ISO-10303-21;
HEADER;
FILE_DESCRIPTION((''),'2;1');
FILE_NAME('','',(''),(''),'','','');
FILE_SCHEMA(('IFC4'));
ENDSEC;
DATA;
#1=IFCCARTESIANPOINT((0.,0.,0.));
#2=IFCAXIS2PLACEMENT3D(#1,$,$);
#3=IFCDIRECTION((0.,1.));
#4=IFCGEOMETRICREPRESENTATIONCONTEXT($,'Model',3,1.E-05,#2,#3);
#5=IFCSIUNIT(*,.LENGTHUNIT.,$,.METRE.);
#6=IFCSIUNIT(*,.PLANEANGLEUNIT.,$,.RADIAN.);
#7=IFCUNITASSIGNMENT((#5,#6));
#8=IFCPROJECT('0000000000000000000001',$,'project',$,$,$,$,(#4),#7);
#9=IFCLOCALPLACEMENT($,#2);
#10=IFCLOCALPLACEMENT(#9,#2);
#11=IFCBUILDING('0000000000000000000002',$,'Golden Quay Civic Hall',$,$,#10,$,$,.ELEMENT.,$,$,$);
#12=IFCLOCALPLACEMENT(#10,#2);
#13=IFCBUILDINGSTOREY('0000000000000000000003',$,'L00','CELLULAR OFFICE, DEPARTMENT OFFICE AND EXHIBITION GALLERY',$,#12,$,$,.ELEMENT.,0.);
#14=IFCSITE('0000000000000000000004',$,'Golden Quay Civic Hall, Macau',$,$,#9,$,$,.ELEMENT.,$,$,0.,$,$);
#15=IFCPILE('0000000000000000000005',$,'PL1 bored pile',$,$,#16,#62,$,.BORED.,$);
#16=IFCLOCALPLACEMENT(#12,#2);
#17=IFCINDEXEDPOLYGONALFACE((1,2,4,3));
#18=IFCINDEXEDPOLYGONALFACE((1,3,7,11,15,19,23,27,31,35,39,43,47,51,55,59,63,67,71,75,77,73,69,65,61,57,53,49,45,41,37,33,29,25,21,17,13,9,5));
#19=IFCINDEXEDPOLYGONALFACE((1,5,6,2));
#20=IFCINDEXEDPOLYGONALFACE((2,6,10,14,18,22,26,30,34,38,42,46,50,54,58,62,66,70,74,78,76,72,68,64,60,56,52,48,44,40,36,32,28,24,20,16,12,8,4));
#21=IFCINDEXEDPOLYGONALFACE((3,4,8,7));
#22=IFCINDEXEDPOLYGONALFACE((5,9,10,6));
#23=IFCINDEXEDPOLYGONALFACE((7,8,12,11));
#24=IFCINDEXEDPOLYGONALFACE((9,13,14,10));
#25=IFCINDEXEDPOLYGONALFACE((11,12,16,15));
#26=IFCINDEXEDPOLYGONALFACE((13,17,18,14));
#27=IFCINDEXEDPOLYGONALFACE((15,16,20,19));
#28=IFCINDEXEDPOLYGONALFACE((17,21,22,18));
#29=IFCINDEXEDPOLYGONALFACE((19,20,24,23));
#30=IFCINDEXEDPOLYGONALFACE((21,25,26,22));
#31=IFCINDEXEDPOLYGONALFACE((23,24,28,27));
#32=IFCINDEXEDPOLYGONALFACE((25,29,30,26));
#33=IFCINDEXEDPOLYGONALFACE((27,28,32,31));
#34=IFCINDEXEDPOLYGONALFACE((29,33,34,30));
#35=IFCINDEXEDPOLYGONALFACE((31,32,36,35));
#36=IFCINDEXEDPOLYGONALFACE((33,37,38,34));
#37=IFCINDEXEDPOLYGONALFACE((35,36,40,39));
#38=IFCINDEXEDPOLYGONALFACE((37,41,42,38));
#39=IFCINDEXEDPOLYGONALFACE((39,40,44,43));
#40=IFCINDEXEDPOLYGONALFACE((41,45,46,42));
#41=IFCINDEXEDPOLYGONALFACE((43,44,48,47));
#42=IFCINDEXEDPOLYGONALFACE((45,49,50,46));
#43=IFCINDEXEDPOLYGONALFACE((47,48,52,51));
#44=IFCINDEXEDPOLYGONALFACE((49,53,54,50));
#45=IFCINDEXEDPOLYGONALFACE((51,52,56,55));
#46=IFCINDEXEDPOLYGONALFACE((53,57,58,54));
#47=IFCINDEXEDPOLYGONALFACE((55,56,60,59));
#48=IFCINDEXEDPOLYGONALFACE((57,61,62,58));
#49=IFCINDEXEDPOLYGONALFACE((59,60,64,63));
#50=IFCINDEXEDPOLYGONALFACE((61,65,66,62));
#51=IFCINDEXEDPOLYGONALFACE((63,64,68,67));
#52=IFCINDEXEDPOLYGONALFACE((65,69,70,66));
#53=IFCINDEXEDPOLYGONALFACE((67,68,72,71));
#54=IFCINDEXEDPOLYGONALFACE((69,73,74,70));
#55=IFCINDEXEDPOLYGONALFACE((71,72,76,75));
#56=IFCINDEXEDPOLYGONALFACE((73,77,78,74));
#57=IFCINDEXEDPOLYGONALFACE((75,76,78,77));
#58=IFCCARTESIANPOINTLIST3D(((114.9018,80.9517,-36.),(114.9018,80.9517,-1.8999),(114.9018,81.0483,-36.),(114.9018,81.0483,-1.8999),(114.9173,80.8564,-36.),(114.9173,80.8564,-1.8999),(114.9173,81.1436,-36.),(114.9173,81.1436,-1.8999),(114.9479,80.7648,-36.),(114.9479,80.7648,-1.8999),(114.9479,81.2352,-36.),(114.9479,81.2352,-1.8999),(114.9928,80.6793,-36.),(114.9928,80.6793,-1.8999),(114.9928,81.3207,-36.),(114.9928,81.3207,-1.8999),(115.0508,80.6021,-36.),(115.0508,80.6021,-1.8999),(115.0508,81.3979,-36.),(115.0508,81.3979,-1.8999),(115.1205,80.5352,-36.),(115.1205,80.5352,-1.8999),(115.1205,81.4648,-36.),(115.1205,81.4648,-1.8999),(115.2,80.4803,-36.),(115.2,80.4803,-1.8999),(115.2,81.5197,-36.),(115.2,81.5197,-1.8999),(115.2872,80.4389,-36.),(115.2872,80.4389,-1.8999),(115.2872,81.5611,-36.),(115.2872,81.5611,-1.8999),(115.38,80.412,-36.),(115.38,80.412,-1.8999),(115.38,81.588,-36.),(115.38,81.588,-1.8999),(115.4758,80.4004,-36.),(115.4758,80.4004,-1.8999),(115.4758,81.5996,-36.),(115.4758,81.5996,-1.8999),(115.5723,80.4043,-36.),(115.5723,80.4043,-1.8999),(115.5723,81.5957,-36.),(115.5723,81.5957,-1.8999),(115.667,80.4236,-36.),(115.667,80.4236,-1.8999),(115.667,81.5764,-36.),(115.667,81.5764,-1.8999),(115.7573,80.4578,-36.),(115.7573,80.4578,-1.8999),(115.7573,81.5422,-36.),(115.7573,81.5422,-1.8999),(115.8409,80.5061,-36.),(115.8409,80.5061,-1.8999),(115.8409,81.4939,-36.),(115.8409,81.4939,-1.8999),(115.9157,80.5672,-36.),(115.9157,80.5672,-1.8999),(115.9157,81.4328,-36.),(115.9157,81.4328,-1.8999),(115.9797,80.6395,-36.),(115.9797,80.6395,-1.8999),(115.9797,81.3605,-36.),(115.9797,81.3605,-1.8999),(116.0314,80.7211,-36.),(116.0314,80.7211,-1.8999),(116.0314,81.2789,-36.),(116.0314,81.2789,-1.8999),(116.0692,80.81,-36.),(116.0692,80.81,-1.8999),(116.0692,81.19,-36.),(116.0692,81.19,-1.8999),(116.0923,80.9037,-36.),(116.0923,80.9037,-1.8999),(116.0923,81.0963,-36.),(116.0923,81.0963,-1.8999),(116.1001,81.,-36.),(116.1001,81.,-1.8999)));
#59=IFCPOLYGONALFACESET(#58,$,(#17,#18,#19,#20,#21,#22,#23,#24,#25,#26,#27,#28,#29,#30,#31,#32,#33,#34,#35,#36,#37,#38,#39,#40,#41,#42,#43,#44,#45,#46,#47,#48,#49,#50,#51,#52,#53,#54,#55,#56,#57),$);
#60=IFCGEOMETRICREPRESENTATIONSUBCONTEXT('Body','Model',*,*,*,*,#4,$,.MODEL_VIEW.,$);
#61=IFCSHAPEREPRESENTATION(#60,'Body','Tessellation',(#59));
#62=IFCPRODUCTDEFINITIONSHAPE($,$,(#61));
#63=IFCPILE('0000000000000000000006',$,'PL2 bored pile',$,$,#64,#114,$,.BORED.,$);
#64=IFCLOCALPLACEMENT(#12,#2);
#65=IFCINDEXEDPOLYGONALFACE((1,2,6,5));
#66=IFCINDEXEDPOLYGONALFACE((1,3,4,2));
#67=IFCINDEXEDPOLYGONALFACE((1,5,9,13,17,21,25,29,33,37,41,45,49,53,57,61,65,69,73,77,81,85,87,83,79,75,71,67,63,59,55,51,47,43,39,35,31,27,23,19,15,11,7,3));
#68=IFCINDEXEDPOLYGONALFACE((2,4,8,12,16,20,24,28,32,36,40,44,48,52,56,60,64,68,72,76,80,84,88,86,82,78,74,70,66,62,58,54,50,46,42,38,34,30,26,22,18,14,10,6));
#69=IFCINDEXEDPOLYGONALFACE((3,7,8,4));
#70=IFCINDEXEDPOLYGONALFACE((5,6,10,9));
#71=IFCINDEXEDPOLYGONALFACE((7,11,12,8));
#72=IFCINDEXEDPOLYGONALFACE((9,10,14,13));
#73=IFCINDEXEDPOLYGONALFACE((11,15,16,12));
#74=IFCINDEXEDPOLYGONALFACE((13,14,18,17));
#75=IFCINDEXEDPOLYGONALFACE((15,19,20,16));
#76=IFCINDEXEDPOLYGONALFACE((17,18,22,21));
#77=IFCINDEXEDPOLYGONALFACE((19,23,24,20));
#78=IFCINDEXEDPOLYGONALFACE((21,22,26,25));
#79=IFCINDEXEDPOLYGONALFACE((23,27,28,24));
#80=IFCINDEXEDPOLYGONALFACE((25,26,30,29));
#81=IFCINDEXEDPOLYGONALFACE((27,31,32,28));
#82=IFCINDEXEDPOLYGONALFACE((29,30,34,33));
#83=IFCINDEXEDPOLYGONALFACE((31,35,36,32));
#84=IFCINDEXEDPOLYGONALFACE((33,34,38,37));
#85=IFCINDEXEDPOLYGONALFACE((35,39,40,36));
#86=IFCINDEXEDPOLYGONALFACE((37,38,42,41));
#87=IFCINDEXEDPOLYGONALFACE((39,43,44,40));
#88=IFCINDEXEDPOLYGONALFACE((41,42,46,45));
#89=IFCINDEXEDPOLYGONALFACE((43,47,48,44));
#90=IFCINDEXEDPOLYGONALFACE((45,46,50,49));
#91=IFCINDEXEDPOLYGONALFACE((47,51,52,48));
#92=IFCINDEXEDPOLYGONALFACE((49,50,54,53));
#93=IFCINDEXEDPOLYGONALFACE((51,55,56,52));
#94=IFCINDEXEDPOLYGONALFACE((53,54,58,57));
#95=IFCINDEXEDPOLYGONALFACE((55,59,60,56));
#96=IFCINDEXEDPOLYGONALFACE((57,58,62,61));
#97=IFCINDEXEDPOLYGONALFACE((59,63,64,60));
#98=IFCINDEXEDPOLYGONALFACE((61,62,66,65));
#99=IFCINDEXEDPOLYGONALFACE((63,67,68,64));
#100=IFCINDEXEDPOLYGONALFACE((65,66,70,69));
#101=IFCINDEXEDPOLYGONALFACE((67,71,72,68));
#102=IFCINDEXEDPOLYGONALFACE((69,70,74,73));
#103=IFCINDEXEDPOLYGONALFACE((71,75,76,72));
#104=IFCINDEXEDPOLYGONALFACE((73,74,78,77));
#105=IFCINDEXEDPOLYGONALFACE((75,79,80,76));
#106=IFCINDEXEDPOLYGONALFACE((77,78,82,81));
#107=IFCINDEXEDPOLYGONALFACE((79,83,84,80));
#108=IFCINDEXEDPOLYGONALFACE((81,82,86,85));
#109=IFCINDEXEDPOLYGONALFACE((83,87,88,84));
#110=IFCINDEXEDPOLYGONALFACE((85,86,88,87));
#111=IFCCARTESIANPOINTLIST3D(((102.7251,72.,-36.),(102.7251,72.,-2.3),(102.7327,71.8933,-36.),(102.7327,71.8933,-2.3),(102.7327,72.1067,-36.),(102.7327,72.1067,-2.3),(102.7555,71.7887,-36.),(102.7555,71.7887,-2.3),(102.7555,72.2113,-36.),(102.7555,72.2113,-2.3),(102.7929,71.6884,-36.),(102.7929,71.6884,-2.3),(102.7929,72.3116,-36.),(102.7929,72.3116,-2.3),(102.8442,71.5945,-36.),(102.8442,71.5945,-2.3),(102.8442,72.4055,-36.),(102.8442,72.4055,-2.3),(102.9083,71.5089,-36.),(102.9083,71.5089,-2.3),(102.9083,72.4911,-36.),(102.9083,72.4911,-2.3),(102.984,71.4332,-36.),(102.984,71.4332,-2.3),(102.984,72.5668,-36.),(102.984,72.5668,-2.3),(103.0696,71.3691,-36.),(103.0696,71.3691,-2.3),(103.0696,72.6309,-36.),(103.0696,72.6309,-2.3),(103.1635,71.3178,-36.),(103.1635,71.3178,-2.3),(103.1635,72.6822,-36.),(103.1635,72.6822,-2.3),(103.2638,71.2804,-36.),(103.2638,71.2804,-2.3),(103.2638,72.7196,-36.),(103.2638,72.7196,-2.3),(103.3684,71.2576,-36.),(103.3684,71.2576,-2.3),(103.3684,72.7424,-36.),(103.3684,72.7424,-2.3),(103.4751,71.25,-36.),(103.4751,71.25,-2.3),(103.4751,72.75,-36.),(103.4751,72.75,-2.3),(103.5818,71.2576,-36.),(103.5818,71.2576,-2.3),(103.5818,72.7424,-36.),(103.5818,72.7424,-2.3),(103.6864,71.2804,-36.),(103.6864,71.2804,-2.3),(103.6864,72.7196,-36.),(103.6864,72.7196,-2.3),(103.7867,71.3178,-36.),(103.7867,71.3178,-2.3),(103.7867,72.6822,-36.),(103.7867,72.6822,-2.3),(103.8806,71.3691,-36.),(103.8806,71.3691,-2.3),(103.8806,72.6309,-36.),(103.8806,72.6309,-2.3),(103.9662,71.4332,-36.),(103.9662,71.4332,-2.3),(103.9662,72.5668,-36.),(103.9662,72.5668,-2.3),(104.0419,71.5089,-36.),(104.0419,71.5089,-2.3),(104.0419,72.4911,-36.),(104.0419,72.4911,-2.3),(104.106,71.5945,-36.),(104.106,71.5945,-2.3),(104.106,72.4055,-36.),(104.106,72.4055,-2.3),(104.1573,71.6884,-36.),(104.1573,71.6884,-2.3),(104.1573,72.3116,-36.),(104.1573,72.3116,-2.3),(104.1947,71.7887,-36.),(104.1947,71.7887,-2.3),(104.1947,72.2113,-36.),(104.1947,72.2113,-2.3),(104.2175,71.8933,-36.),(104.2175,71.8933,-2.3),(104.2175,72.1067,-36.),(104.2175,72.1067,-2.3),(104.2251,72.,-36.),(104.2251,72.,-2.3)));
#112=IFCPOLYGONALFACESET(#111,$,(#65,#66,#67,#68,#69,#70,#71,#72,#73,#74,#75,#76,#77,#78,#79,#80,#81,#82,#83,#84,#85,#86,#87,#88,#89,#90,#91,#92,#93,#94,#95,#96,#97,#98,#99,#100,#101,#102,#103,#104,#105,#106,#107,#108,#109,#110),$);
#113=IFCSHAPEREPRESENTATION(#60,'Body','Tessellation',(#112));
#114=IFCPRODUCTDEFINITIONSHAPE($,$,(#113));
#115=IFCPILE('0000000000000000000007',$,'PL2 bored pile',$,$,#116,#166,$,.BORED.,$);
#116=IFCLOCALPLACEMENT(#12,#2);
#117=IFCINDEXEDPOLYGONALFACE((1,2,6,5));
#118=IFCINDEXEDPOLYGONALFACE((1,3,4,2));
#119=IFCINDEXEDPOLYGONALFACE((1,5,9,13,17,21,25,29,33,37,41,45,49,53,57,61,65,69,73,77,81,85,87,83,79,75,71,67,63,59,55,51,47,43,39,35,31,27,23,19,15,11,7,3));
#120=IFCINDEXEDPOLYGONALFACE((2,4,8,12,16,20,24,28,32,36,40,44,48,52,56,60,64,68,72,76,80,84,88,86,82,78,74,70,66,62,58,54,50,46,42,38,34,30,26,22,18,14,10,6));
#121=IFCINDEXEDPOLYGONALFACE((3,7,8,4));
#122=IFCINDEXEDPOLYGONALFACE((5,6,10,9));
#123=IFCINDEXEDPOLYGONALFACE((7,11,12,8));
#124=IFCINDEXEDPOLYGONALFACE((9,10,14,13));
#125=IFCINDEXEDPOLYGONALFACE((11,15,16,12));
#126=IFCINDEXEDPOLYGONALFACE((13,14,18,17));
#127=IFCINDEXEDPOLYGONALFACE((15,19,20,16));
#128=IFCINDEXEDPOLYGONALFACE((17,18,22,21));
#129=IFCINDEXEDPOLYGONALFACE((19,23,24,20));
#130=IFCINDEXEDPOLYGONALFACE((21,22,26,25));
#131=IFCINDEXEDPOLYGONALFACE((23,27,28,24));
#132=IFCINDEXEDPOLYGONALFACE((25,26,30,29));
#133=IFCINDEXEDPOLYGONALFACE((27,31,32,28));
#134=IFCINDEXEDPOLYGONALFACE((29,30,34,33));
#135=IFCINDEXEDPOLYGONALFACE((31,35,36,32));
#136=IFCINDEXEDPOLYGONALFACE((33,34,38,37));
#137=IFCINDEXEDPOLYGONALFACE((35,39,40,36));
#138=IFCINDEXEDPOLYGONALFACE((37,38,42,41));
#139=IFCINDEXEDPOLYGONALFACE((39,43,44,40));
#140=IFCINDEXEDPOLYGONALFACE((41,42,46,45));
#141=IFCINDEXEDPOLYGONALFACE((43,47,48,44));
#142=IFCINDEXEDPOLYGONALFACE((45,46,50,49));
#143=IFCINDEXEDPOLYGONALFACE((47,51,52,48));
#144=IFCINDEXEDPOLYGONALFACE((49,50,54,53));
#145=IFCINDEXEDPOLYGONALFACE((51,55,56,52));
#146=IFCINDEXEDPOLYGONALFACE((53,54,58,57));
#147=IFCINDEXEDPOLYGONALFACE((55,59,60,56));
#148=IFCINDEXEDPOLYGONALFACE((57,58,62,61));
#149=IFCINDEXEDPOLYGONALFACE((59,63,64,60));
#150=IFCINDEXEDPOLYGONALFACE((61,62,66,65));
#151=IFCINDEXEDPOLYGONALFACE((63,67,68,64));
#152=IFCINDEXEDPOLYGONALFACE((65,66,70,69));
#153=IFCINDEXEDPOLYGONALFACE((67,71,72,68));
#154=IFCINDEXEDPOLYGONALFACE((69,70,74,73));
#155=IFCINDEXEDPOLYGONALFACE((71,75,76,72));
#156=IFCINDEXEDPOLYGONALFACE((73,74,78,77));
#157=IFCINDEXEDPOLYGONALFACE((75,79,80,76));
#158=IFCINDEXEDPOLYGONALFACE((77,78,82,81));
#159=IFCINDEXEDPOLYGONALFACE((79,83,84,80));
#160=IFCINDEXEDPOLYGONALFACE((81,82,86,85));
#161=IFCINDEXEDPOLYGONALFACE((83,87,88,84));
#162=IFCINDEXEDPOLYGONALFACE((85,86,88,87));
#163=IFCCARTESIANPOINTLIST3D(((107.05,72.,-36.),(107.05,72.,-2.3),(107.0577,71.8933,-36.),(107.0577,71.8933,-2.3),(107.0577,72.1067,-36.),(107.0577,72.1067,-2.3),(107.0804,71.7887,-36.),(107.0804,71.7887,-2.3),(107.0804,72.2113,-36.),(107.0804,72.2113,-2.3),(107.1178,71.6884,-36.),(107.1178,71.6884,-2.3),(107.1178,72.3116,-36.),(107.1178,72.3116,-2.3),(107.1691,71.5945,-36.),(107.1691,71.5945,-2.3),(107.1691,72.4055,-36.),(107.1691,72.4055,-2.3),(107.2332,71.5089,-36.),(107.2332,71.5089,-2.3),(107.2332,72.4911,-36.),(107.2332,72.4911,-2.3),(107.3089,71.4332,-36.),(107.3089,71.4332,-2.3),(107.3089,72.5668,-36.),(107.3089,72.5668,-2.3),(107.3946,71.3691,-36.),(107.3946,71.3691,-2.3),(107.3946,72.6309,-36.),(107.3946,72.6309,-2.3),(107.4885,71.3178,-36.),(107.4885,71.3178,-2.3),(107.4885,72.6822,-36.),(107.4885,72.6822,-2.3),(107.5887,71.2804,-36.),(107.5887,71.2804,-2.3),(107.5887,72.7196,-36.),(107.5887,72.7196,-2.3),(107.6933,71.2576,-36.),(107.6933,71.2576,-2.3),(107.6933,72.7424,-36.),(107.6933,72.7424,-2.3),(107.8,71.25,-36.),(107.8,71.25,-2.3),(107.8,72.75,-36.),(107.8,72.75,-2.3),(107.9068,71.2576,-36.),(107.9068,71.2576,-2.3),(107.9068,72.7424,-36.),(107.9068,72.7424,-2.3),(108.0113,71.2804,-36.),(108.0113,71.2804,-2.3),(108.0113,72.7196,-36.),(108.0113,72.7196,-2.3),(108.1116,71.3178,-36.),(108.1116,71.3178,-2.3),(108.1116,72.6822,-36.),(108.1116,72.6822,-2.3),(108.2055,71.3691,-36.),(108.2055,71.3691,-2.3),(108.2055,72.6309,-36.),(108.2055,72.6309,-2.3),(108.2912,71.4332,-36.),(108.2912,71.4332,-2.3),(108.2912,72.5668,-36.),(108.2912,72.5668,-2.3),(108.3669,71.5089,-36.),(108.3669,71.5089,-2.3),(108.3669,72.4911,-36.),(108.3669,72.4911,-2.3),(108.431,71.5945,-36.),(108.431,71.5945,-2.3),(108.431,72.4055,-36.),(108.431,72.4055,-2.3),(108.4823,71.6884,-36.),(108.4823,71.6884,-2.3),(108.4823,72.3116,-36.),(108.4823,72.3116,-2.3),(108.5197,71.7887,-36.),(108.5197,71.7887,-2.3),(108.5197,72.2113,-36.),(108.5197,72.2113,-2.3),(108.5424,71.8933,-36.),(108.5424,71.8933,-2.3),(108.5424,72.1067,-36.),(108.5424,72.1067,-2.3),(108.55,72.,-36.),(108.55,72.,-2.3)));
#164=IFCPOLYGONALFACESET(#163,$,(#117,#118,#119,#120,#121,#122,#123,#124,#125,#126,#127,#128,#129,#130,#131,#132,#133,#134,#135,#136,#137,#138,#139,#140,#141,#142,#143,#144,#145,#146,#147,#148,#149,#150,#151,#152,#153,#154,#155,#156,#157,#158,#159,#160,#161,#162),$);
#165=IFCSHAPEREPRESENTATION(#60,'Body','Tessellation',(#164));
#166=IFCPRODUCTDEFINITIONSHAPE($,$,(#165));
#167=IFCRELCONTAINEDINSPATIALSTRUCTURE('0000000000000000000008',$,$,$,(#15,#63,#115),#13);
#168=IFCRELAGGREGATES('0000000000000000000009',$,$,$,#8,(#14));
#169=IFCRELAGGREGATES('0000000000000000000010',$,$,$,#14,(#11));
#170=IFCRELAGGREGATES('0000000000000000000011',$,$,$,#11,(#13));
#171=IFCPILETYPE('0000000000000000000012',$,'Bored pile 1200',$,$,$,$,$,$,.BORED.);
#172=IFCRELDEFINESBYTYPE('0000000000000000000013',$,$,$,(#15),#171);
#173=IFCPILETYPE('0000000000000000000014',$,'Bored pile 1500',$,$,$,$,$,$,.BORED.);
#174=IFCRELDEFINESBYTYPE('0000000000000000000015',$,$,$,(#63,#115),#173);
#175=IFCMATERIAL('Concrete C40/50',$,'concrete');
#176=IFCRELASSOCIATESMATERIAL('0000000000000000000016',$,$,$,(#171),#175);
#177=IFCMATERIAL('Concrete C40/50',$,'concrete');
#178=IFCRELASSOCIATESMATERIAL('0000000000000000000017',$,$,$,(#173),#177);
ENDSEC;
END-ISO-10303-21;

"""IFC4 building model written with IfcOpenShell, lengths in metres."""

from ifc_helpers import new_model, si_unit, direction, frame, origin, origin_2d, place, context, subcontext, project, spatial, circle, extrude, material, material_profile, profile_set, type_object, element, save


model = new_model("IFC4")

# Units and contexts
model_context = context("Model", 3, precision=1e-05, world=origin(), true_north=direction((0.0, 1.0)))
body_context = subcontext(model_context, "Body", "Model", "MODEL_VIEW")
ifc_project = project(units=[si_unit("LENGTHUNIT", "METRE"), si_unit("PLANEANGLEUNIT", "RADIAN")], contexts=[model_context])

# Site, building, storey
site_placement = place(None, origin())
site = spatial("IfcSite", under=ifc_project, at=site_placement, Name="Golden Quay Civic Hall, Macau", CompositionType="ELEMENT", RefElevation=0.0)
building_placement = place(site_placement, origin())
building = spatial("IfcBuilding", under=site, at=building_placement, Name="Golden Quay Civic Hall", CompositionType="ELEMENT")
storey_placement = place(building_placement, origin())
storey = spatial("IfcBuildingStorey", under=building, at=storey_placement, Name="L00", Description="CELLULAR OFFICE, DEPARTMENT OFFICE AND EXHIBITION GALLERY", CompositionType="ELEMENT", Elevation=0.0)

# Piles
ifc_material_1 = material(Name="Concrete C40/50", Category="concrete")
ifc_material_profile_1 = material_profile(ifc_material_1, circle(Radius=0.6001, at=origin_2d()), Name="RC D1200")
ifc_profile_set_1 = profile_set([ifc_material_profile_1], Name="Concrete C40/50")
pile_type_1 = type_object("IfcPileType", Name="Bored pile 1200", PredefinedType="BORED", material=ifc_profile_set_1)
pile_placement = place(storey_placement, frame((115.5, 81.0, -1.8999), z_axis=(0.0, 0.0, -1.0), x_axis=(1.0, 0.0, 0.0)))
element("IfcPile", 1, at=pile_placement, inside=storey, type_object=pile_type_1, Name="PL1 bored pile", PredefinedType="BORED", context=body_context, shape_type="SweptSolid", body=[
    extrude(circle(Radius=0.6001, at=origin_2d()), origin(), (0.0, 0.0, 1.0), 34.1001),
])
ifc_material_2 = material(Name="Concrete C40/50", Category="concrete")
ifc_material_profile_2 = material_profile(ifc_material_2, circle(Radius=0.75, at=origin_2d()), Name="RC D1500")
ifc_profile_set_2 = profile_set([ifc_material_profile_2], Name="Concrete C40/50")
pile_type_2 = type_object("IfcPileType", Name="Bored pile 1500", PredefinedType="BORED", material=ifc_profile_set_2)
for number, where, z_axis, x_axis, name in (
    (2, (103.4751, 72.0, -2.3), (0.0, 0.0, -1.0), (1.0, 0.0, 0.0), "PL2 bored pile"),
    (3, (107.8, 72.0, -2.3), (0.0, 0.0, -1.0), (1.0, 0.0, 0.0), "PL2 bored pile"),
):
    element("IfcPile", number, at=place(storey_placement, frame(where, z_axis=z_axis, x_axis=x_axis)), inside=storey, type_object=pile_type_2, Name=name, PredefinedType="BORED", context=body_context, shape_type="SweptSolid", body=[
        extrude(circle(Radius=0.75, at=origin_2d()), origin(), (0.0, 0.0, 1.0), 33.7),
    ])

save(model, "model.ifc")
